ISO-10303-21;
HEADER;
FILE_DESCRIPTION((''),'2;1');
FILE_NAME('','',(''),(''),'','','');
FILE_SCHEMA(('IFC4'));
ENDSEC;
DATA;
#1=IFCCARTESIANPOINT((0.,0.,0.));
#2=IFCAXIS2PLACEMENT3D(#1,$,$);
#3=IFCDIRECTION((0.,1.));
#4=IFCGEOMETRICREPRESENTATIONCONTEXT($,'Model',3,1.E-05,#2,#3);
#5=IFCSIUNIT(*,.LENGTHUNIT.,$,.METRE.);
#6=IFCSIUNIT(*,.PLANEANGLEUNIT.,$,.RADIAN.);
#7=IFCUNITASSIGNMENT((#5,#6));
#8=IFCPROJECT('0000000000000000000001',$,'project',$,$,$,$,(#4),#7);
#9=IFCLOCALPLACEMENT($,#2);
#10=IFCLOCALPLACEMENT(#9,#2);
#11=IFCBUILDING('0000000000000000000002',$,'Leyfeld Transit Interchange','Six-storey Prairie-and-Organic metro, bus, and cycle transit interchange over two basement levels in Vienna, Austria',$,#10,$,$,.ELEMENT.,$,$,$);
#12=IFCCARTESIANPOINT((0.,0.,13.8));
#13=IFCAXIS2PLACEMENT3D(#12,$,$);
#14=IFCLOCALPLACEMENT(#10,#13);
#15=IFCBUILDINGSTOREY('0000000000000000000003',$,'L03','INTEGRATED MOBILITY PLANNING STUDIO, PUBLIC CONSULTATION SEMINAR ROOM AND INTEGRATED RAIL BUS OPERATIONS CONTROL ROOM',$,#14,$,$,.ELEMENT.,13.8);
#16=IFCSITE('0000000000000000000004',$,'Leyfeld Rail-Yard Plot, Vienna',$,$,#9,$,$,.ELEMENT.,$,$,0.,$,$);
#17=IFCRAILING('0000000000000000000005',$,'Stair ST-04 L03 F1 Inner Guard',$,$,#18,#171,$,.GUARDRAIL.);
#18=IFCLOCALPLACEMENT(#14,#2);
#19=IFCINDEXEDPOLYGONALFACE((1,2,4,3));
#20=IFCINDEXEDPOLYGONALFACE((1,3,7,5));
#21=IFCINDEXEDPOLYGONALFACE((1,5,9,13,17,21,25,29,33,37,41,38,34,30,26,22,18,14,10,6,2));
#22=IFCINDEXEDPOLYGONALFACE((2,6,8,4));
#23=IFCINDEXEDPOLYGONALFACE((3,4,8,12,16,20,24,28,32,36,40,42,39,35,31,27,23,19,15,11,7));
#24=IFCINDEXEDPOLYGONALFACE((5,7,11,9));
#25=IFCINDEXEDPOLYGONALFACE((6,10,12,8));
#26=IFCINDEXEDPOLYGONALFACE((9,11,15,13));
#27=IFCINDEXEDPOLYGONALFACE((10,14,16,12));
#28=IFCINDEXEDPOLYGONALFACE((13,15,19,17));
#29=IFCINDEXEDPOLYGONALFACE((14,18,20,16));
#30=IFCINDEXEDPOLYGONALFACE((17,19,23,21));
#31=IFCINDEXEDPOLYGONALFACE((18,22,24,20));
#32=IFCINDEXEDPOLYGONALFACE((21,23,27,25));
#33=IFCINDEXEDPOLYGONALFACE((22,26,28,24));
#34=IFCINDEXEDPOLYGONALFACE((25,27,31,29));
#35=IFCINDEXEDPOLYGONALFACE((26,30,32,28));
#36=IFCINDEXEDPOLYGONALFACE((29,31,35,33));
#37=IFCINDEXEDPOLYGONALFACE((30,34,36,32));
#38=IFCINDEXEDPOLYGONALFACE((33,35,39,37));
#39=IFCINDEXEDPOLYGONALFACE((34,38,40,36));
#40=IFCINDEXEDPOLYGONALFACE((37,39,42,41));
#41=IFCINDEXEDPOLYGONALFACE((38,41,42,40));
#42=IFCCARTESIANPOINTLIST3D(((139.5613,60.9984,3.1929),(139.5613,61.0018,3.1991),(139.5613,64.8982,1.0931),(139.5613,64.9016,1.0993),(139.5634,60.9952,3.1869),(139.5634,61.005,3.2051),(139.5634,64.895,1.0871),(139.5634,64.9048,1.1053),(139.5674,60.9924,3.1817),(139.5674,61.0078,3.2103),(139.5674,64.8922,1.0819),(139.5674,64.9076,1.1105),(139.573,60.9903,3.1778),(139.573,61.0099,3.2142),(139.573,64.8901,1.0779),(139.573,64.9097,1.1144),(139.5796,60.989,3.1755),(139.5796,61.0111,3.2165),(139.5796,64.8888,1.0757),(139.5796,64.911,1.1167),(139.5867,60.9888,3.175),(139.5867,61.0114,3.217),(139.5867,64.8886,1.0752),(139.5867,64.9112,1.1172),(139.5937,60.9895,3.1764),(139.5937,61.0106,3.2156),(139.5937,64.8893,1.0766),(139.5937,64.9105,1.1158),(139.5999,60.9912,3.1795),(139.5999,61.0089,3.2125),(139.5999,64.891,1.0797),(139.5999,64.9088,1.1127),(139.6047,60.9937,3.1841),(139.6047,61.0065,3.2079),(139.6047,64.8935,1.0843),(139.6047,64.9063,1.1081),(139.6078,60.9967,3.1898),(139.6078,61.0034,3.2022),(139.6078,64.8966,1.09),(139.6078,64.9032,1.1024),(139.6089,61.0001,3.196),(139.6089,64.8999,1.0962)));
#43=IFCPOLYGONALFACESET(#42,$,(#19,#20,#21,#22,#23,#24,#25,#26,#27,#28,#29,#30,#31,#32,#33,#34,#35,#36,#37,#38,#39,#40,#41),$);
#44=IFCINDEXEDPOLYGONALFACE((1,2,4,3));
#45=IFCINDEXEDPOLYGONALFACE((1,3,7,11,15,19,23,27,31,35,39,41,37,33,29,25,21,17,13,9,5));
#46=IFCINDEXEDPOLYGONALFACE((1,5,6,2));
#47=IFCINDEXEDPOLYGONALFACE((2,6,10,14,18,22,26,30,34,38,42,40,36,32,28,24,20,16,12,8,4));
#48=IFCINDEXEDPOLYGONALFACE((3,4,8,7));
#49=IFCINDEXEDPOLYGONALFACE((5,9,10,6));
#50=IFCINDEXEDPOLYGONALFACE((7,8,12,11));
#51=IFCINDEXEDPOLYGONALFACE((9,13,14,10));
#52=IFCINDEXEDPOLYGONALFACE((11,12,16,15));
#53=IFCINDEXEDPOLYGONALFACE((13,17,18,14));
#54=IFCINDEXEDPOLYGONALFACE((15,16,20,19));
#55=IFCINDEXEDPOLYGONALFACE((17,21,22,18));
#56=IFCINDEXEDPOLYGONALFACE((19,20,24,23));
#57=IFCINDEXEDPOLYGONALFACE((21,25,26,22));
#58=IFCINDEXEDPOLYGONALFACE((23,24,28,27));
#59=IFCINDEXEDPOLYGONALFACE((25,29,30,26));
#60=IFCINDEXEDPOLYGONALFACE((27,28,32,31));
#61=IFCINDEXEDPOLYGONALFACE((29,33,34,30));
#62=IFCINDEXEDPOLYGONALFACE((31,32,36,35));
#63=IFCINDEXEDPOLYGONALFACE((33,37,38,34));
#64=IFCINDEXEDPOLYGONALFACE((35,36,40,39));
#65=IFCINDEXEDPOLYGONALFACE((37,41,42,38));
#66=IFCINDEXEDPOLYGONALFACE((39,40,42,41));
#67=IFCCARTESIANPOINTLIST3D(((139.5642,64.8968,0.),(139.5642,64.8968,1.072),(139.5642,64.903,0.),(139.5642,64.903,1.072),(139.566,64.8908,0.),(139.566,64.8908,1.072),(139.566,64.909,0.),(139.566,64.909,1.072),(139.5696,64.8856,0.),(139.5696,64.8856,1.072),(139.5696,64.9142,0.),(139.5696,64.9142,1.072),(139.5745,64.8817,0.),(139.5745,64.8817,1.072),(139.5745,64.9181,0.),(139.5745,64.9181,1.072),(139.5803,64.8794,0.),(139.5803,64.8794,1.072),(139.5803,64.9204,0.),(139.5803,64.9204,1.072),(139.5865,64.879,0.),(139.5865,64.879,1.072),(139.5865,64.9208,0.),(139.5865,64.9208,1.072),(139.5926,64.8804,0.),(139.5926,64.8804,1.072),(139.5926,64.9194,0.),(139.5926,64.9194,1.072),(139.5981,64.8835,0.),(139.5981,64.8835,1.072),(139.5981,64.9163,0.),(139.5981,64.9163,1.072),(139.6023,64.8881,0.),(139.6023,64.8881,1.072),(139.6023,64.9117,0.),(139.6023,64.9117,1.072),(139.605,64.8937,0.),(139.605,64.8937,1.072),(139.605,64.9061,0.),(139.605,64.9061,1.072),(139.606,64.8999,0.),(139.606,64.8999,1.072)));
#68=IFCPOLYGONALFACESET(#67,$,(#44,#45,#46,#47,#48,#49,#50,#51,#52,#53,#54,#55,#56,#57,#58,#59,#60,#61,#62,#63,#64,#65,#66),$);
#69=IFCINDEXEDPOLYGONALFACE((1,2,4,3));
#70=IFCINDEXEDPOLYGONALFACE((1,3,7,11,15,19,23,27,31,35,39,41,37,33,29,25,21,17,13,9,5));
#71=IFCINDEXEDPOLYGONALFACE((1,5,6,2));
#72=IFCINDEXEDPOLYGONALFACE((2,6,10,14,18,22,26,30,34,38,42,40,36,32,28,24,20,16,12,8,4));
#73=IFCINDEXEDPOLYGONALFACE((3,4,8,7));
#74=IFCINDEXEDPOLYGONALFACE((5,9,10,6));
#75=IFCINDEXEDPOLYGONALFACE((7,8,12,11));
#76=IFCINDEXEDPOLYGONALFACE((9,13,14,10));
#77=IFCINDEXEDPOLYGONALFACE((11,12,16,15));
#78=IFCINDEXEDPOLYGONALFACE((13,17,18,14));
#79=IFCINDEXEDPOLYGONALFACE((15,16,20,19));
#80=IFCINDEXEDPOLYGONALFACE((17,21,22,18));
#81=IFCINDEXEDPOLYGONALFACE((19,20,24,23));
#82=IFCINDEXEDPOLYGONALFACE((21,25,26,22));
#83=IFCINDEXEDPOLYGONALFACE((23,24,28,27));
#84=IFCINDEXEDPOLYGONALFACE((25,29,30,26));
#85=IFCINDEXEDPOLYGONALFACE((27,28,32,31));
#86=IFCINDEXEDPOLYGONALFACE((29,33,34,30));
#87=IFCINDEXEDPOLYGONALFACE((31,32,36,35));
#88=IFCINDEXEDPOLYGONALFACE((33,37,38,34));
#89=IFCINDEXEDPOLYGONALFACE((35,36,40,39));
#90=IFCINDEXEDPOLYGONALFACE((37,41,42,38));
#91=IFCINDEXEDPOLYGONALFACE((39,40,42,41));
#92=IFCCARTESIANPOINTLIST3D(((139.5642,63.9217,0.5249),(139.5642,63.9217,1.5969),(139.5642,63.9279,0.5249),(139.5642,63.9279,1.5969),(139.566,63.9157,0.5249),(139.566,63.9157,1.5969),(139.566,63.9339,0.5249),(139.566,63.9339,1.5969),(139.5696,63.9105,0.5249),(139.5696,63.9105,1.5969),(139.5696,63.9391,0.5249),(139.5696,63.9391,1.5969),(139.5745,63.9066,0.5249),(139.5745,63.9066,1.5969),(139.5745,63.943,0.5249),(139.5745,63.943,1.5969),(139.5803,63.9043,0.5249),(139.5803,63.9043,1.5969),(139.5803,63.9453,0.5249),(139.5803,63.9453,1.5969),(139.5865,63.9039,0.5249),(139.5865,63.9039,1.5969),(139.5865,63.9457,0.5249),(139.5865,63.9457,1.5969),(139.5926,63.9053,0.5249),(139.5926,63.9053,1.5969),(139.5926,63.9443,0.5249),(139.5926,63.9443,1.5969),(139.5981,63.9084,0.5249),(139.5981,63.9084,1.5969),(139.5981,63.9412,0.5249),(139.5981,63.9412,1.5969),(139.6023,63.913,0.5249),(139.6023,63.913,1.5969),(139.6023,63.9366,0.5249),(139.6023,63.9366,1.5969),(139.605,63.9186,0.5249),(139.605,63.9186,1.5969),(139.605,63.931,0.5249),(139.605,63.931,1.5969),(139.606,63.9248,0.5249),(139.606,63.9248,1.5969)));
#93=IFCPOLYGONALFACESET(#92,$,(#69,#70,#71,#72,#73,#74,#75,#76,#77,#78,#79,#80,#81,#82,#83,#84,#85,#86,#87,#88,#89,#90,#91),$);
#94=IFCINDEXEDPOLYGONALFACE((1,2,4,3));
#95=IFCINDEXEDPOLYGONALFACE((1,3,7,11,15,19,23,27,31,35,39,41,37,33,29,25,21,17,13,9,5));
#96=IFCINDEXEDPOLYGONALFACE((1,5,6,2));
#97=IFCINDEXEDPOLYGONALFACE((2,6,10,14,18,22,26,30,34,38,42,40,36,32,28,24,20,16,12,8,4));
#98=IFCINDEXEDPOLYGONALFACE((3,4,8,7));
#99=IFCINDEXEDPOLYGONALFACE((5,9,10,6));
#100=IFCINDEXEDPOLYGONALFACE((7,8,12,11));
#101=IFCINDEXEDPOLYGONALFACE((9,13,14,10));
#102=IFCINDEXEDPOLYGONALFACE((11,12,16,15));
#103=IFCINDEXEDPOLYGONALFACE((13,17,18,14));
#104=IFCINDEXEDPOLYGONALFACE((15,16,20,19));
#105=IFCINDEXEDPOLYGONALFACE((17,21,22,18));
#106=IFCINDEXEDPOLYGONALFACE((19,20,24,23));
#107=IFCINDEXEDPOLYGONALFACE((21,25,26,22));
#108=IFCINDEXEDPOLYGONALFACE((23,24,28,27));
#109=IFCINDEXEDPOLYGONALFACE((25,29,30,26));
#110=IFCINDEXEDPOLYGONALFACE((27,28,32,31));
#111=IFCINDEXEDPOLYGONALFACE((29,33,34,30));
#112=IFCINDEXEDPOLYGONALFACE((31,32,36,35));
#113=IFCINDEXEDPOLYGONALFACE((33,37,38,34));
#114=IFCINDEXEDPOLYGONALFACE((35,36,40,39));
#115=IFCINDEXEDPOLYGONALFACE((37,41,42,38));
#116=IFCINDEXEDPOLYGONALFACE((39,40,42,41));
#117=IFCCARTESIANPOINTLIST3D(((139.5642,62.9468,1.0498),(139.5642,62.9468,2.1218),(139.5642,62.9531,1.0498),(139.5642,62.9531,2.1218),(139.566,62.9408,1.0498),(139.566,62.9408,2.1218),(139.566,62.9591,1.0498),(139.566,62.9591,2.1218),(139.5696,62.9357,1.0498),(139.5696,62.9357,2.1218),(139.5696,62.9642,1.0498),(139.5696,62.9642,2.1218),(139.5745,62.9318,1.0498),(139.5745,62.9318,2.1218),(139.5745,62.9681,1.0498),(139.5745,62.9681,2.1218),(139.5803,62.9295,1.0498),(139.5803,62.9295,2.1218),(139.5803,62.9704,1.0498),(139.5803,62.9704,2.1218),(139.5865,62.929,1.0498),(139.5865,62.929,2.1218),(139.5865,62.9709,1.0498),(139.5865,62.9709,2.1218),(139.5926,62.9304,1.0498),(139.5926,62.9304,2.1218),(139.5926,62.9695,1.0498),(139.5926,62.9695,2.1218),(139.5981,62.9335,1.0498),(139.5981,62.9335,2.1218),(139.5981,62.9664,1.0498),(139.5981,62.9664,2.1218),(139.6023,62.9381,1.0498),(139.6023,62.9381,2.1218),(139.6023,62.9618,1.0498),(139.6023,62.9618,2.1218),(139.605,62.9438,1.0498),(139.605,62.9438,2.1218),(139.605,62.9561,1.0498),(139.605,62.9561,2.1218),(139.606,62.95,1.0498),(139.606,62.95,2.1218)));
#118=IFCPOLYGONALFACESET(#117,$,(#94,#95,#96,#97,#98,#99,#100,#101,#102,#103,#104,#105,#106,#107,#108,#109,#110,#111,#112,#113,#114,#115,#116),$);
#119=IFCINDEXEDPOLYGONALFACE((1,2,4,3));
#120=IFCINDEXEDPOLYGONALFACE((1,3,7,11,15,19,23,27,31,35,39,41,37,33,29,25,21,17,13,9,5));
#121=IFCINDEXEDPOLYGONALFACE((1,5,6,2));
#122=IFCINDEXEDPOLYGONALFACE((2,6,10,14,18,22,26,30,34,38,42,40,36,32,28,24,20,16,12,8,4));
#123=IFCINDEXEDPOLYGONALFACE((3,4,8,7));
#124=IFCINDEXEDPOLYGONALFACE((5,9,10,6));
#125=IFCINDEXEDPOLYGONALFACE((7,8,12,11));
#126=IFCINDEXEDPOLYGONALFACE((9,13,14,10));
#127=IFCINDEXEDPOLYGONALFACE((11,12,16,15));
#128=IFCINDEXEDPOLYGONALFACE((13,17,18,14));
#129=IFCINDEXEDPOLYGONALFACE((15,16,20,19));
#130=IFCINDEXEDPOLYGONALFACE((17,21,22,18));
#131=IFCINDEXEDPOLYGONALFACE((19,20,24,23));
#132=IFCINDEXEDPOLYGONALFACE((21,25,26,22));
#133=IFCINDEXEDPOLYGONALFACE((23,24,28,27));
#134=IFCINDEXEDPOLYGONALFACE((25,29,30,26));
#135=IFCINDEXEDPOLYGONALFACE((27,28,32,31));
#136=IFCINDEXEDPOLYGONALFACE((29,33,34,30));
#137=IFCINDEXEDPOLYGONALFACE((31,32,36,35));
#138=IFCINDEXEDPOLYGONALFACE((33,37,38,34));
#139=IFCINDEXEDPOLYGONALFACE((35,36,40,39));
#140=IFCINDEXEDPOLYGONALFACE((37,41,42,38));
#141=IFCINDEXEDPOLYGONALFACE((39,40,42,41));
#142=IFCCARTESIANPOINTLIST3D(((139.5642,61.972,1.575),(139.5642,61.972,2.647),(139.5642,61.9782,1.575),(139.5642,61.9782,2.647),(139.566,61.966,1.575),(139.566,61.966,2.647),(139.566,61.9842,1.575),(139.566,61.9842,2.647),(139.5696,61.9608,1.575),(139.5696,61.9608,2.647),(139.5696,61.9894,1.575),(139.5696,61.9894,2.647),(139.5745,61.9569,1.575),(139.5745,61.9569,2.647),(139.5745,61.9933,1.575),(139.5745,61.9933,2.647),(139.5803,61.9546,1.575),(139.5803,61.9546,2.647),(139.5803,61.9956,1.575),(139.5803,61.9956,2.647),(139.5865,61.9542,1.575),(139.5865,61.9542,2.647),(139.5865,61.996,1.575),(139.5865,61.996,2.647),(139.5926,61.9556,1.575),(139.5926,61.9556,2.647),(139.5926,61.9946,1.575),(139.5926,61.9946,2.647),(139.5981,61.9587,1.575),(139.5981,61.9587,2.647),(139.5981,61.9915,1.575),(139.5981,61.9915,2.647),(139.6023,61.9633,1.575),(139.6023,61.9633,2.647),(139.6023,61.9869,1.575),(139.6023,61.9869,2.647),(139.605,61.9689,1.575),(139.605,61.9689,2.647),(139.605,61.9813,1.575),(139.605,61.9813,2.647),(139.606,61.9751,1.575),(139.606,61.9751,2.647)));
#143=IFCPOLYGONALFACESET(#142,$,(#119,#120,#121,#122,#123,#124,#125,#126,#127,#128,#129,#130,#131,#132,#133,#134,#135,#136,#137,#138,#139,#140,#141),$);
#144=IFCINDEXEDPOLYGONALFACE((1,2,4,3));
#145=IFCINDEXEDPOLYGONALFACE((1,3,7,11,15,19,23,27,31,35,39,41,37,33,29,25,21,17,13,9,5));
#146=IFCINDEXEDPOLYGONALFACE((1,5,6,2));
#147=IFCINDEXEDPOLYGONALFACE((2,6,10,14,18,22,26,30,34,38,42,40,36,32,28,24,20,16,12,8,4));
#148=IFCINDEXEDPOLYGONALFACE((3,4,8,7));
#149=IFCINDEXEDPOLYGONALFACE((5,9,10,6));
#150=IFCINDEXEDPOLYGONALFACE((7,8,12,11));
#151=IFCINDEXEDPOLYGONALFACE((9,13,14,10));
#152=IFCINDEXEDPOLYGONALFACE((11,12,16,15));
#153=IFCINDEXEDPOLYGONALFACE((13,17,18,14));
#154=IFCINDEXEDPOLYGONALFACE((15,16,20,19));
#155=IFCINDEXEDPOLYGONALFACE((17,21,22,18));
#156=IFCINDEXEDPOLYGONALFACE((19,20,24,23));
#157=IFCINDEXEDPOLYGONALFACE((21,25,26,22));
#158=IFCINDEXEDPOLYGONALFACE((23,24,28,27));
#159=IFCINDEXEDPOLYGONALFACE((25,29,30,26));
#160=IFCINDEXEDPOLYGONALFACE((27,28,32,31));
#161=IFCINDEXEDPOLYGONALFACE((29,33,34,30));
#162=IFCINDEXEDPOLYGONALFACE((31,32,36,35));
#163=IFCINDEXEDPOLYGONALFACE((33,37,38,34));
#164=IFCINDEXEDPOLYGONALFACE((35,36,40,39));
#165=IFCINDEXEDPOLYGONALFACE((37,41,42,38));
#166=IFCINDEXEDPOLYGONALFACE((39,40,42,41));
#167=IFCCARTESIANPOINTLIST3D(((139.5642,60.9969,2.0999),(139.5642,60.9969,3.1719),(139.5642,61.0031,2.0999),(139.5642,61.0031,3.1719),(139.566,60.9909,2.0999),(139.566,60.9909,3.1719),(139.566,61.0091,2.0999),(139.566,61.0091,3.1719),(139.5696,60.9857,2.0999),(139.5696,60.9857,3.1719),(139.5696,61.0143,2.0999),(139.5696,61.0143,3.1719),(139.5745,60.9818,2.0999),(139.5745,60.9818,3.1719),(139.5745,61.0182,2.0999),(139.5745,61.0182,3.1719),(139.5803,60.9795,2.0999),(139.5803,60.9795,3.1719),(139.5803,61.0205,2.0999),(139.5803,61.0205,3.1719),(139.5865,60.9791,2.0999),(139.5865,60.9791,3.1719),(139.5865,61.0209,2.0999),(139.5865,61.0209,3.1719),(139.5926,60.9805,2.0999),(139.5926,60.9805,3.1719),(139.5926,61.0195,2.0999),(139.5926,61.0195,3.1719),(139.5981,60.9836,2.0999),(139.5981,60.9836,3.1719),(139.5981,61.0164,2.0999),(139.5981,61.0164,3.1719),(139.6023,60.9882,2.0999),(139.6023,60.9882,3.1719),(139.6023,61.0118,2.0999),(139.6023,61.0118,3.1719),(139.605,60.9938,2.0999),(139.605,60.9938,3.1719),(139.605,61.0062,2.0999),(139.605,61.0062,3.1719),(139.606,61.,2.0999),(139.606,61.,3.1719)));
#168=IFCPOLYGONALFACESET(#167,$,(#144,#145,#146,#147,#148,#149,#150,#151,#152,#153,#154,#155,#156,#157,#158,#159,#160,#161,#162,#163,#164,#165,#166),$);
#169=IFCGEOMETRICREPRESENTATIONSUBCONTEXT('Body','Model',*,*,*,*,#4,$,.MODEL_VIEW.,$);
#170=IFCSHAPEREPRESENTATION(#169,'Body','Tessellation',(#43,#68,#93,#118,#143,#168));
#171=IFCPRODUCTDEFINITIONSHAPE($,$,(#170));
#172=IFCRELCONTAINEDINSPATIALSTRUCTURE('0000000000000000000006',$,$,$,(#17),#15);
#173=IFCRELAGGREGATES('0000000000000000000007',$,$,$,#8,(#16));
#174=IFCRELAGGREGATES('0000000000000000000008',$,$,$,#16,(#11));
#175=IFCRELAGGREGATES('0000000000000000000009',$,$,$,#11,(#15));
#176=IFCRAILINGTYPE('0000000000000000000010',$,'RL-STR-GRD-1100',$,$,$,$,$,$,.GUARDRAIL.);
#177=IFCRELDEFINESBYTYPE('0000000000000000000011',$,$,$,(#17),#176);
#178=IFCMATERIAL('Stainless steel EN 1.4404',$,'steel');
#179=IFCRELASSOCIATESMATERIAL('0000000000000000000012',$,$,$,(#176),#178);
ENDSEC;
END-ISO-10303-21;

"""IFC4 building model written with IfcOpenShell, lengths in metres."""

from ifc_helpers import new_model, si_unit, direction, frame, origin, origin_2d, place, context, subcontext, project, spatial, circle, extrude, material, type_object, element, save


model = new_model("IFC4")

# Units and contexts
model_context = context("Model", 3, precision=1e-05, world=origin(), true_north=direction((0.0, 1.0)))
body_context = subcontext(model_context, "Body", "Model", "MODEL_VIEW")
ifc_project = project(units=[si_unit("LENGTHUNIT", "METRE"), si_unit("PLANEANGLEUNIT", "RADIAN")], contexts=[model_context])

# Site, building, storey
site_placement = place(None, origin())
site = spatial("IfcSite", under=ifc_project, at=site_placement, Name="Leyfeld Rail-Yard Plot, Vienna", CompositionType="ELEMENT", RefElevation=0.0)
building_placement = place(site_placement, origin())
building = spatial("IfcBuilding", under=site, at=building_placement, Name="Leyfeld Transit Interchange", Description="Six-storey Prairie-and-Organic metro, bus, and cycle transit interchange over two basement levels in Vienna, Austria", CompositionType="ELEMENT")
storey_placement = place(building_placement, frame((0.0, 0.0, 13.8)))
storey = spatial("IfcBuildingStorey", under=building, at=storey_placement, Name="L03", Description="INTEGRATED MOBILITY PLANNING STUDIO, PUBLIC CONSULTATION SEMINAR ROOM AND INTEGRATED RAIL BUS OPERATIONS CONTROL ROOM", CompositionType="ELEMENT", Elevation=13.8)

# Shared definitions
ifc_material_1 = material(Name="Stainless steel EN 1.4404", Category="steel")

# Railing
railing_type_1 = type_object("IfcRailingType", Name="RL-STR-GRD-1100", PredefinedType="GUARDRAIL", material=ifc_material_1)
for number, where, name in (
    (1, (139.585, 64.8999, 0.0), "Stair ST-04 L03 F1 Inner Guard"),
):
    element("IfcRailing", number, at=place(storey_placement, frame(where)), inside=storey, type_object=railing_type_1, Name=name, PredefinedType="GUARDRAIL", context=body_context, shape_type="SweptSolid", body=[
        extrude(circle(Radius=0.0239, at=origin_2d()), frame((0.0, 0.0, 1.0962), z_axis=(0.0, -0.88048, 0.474083), x_axis=(1.0, 0.0, 0.0)), (0.0, 0.0, 1.0), 4.4292),
        extrude(circle(Radius=0.021, at=origin_2d()), origin(), (0.0, 0.0, 1.0), 1.072),
        extrude(circle(Radius=0.021, at=origin_2d()), frame((0.0, -0.9751, 0.5249)), (0.0, 0.0, 1.0), 1.072),
        extrude(circle(Radius=0.021, at=origin_2d()), frame((0.0, -1.95, 1.0498)), (0.0, 0.0, 1.0), 1.072),
        extrude(circle(Radius=0.021, at=origin_2d()), frame((0.0, -2.9248, 1.575)), (0.0, 0.0, 1.0), 1.072),
        extrude(circle(Radius=0.021, at=origin_2d()), frame((0.0, -3.8999, 2.0999)), (0.0, 0.0, 1.0), 1.072),
    ])

save(model, "model.ifc")
